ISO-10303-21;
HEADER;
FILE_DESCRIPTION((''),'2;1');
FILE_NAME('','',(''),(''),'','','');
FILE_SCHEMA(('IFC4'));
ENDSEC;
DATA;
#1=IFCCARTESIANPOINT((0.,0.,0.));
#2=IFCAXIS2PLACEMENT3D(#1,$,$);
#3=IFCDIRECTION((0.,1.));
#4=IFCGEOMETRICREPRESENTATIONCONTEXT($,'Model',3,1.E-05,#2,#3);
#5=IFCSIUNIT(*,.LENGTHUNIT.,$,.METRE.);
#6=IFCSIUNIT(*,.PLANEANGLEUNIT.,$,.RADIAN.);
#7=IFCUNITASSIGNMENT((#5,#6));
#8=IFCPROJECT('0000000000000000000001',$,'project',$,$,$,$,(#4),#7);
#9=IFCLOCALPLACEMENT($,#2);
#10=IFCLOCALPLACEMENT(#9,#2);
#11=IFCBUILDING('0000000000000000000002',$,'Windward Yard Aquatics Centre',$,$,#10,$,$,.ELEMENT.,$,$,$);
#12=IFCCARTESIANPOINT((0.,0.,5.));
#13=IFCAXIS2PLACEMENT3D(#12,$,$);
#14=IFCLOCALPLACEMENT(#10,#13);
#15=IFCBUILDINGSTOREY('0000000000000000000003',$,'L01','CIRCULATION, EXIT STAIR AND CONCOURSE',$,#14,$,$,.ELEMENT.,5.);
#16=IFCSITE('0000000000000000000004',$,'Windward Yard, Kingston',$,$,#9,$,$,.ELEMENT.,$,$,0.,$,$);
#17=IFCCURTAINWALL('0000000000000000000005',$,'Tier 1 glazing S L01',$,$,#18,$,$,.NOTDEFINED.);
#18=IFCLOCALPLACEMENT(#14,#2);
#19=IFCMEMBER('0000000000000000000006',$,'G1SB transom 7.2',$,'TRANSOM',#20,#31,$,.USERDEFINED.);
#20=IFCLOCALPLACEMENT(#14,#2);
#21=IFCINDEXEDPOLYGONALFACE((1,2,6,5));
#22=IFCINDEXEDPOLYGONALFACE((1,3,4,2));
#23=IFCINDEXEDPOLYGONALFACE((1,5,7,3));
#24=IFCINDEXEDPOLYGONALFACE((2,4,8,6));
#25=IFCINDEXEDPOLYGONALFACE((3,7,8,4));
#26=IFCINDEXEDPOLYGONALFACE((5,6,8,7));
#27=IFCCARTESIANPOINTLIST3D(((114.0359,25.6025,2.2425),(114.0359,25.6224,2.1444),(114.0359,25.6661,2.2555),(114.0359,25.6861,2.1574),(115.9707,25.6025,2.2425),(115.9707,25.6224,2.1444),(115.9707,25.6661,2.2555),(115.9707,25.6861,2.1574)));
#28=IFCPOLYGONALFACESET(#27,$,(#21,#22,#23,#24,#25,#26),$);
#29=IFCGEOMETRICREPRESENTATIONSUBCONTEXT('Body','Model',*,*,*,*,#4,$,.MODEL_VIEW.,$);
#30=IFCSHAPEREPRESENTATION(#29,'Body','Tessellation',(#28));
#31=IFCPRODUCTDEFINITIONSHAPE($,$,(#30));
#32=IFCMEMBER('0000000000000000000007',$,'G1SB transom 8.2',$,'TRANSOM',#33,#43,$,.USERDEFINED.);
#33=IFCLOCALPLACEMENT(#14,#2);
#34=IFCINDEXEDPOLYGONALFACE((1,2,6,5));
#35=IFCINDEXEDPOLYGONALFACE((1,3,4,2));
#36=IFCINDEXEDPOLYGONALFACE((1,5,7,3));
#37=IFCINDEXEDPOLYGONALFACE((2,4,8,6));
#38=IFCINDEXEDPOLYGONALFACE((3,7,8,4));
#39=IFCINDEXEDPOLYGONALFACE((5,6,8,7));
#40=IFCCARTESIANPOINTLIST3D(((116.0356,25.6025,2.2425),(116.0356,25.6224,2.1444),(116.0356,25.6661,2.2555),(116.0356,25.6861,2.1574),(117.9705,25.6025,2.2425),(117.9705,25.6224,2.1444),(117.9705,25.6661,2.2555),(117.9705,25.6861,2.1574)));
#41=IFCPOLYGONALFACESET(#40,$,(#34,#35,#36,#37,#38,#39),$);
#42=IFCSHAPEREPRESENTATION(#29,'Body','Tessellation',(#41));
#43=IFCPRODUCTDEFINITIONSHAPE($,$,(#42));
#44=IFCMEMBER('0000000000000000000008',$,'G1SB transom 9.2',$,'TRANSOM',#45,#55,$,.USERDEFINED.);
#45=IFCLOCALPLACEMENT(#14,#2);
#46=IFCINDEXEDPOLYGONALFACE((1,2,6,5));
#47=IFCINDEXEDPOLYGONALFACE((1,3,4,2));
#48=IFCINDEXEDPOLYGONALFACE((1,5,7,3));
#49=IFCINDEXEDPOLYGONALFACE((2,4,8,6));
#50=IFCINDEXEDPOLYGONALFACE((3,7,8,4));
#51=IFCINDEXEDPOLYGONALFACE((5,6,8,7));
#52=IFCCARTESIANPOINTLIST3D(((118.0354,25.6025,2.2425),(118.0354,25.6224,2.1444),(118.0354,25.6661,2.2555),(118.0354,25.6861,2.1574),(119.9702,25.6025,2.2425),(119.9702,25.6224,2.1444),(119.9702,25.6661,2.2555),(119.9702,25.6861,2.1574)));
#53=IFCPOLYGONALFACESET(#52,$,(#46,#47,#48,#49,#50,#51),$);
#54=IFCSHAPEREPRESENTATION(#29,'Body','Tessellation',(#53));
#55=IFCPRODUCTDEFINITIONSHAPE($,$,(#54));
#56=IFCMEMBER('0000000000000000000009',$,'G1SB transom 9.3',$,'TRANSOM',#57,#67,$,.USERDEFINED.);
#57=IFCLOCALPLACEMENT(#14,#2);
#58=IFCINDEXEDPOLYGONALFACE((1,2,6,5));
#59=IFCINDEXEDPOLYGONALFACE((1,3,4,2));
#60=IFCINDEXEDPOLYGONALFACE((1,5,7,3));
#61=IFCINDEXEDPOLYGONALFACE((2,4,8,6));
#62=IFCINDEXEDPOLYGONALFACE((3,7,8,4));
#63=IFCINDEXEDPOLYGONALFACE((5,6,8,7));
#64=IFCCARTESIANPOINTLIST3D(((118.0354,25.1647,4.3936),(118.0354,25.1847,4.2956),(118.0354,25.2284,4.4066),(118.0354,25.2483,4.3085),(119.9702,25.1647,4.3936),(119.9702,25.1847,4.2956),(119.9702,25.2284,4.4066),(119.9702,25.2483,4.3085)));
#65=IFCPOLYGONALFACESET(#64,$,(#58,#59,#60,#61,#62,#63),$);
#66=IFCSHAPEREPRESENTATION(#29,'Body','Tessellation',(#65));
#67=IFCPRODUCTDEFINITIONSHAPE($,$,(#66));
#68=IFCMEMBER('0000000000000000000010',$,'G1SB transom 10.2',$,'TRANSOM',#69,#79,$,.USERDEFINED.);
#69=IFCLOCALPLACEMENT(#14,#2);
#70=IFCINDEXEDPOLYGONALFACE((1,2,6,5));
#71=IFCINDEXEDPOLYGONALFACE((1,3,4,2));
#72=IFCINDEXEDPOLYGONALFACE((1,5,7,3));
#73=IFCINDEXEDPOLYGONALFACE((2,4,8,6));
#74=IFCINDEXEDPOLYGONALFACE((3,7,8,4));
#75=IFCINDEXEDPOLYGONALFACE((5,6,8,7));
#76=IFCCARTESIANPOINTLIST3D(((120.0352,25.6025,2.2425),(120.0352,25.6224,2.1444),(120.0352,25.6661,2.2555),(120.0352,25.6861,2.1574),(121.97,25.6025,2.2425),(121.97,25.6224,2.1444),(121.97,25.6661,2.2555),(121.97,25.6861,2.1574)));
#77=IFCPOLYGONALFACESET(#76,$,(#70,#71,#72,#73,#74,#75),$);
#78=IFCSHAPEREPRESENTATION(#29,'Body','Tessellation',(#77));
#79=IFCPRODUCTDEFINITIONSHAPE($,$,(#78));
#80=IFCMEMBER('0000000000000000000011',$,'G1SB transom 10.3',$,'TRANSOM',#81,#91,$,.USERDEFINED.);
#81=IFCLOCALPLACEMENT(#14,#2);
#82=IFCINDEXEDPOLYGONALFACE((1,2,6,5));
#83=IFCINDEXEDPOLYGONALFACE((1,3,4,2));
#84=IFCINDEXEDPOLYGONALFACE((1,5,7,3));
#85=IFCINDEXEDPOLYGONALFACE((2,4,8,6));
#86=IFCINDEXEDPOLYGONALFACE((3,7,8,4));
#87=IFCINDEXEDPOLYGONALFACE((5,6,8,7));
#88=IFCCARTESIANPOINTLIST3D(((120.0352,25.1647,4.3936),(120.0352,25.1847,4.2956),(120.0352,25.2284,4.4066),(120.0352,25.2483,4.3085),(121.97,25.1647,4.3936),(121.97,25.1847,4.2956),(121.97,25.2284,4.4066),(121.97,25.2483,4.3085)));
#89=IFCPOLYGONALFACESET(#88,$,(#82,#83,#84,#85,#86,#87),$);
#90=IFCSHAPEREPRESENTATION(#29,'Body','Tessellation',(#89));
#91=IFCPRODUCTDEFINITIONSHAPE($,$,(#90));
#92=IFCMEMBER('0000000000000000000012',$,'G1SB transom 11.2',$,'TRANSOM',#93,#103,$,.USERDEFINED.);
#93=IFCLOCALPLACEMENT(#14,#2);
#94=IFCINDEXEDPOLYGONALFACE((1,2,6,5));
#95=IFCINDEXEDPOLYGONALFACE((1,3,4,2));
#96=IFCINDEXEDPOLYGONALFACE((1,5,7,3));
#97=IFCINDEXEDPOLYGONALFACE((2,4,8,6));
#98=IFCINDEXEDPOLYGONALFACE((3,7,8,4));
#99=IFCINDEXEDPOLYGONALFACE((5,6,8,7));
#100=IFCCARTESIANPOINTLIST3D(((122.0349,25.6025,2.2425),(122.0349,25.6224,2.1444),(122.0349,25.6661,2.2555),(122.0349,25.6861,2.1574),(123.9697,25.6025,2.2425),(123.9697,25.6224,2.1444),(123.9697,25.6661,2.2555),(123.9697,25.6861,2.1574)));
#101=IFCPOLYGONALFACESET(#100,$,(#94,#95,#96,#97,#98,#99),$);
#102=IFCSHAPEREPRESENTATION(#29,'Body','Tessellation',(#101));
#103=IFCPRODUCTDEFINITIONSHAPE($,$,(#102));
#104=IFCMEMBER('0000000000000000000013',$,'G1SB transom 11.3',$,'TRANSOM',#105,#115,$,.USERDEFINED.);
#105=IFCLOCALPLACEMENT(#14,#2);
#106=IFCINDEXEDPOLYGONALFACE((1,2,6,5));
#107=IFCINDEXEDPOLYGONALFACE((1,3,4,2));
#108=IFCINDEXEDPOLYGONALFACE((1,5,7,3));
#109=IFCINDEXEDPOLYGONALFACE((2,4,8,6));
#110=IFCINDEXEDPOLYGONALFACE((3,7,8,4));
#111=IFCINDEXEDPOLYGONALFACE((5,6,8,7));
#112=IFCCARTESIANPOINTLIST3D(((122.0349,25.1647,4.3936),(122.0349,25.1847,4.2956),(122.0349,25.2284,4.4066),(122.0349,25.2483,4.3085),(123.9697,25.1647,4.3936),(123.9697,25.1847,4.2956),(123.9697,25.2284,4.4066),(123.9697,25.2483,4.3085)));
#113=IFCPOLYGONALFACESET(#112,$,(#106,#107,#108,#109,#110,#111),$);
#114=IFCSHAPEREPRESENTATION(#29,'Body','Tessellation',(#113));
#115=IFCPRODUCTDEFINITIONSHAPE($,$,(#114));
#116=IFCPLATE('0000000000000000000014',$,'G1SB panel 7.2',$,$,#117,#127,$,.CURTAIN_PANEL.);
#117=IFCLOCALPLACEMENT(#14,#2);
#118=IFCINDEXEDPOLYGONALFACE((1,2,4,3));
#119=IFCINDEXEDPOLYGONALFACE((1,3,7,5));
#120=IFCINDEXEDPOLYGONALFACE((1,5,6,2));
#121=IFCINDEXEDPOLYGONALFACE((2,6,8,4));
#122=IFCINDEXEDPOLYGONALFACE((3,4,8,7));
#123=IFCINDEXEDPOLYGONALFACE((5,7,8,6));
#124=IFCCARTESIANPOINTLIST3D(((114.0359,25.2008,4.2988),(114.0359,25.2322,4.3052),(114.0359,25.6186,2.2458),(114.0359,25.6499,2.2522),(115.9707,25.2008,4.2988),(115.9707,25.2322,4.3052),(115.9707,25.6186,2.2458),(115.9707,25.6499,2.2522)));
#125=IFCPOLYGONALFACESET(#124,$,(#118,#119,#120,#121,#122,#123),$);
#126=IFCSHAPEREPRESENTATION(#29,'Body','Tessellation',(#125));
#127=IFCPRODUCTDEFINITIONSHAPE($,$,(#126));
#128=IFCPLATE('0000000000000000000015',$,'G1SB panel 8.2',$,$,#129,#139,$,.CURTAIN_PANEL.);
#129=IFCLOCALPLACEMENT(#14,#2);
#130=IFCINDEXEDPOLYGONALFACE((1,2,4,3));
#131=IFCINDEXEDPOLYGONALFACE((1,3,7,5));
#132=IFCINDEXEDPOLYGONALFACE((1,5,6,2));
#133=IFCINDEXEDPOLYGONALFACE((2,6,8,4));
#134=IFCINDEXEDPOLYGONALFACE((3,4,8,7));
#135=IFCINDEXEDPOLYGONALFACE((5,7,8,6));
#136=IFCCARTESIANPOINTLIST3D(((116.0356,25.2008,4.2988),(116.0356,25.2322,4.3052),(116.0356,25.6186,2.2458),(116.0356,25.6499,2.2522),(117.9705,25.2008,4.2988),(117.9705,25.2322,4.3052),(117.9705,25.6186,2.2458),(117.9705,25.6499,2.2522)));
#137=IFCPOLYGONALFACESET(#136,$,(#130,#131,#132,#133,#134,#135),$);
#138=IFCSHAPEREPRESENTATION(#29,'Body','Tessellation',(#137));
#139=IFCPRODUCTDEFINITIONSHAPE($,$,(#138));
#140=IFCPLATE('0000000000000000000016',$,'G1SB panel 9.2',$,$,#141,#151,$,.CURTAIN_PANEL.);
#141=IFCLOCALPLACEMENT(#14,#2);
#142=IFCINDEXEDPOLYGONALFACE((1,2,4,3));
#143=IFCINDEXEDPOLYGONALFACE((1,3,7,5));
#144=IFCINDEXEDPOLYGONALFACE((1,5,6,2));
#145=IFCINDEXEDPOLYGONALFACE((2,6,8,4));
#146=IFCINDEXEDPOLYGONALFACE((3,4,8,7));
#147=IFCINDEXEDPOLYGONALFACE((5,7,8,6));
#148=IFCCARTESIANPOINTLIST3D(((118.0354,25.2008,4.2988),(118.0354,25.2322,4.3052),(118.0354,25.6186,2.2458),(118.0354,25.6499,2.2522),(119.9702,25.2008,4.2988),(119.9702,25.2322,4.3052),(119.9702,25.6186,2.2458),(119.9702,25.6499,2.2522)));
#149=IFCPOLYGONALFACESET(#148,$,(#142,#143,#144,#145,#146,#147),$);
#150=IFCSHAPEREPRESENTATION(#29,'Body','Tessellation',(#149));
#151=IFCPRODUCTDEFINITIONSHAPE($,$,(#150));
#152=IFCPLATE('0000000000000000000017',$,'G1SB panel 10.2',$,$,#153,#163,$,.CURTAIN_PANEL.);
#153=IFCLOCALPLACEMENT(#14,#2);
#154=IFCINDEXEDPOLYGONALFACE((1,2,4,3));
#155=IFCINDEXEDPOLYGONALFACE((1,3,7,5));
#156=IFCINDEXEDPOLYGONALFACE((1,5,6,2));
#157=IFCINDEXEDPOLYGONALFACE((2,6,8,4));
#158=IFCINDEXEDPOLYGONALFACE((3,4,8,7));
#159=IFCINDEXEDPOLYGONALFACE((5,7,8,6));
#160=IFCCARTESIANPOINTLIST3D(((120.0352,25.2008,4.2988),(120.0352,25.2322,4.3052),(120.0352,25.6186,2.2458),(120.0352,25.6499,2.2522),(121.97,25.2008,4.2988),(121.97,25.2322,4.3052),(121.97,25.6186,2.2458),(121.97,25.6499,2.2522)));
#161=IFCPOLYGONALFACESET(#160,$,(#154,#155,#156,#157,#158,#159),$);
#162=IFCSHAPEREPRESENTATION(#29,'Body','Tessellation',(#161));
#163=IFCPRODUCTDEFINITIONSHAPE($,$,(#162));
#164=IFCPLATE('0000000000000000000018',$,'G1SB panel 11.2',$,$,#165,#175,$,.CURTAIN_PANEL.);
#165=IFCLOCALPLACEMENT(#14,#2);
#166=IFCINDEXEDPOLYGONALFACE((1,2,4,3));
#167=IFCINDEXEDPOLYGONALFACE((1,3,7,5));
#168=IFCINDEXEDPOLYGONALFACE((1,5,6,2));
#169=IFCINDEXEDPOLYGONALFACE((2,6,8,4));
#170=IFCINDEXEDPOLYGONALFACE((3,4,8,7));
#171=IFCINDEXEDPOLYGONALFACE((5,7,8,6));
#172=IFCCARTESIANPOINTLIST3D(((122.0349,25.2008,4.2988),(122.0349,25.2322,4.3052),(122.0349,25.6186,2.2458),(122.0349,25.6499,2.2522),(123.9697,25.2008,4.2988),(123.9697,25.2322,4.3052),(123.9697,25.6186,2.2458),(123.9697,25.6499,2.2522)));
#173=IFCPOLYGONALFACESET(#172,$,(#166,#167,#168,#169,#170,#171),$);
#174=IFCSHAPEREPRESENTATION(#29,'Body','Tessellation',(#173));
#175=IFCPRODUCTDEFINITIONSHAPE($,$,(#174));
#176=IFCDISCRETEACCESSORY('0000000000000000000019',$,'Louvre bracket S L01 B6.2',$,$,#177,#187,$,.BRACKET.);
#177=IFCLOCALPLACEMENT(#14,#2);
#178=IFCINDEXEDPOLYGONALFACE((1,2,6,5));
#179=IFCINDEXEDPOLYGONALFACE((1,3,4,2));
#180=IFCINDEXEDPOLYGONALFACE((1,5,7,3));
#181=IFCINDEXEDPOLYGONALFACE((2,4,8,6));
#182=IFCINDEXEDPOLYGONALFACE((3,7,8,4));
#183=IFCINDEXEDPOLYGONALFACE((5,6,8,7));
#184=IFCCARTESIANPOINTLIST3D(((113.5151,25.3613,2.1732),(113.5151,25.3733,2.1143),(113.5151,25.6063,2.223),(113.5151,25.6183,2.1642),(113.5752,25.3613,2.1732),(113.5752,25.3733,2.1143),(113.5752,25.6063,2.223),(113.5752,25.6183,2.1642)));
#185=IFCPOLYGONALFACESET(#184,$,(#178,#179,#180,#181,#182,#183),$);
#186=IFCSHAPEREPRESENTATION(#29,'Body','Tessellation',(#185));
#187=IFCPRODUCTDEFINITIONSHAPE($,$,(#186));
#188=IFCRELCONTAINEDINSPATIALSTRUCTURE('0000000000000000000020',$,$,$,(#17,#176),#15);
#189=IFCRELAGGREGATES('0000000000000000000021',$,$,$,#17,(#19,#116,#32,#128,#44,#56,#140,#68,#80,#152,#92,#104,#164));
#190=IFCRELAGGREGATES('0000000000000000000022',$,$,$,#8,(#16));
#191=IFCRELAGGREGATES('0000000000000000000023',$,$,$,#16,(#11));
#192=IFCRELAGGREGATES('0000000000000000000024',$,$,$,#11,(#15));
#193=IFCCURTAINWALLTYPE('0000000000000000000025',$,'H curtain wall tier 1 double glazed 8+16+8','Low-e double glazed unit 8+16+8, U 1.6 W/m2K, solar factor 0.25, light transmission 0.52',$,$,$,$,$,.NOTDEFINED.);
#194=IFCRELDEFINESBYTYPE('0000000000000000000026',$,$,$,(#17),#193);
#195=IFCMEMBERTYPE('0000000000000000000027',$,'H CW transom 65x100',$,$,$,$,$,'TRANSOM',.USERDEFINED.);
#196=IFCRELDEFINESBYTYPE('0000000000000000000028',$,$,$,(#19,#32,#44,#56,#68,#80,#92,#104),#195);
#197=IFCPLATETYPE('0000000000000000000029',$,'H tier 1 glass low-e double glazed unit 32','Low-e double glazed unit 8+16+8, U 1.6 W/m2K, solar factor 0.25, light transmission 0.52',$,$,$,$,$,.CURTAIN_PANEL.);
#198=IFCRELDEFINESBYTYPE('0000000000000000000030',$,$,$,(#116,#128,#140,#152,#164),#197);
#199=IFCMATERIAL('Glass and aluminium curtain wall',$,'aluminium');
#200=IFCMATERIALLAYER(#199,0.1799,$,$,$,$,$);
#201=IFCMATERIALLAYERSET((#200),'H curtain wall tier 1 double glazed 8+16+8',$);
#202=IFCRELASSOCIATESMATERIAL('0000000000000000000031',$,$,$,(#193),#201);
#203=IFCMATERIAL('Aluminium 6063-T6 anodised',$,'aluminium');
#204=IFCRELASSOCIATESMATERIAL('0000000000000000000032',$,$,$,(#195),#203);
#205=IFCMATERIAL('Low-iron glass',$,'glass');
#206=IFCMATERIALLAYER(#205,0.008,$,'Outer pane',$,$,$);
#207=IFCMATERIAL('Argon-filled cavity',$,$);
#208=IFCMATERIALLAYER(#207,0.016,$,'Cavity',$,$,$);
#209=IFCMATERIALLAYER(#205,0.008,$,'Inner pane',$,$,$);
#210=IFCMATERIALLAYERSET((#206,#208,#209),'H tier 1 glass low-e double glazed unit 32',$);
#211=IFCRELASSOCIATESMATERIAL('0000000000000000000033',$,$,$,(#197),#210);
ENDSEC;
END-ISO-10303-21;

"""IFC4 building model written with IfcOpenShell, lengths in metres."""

from ifc_helpers import new_model, si_unit, direction, frame, origin, origin_2d, place, context, subcontext, project, spatial, polyline, rectangle, outline, extrude, material, layer, layer_set, material_profile, profile_set, type_object, element, aggregate, save


model = new_model("IFC4")

# Units and contexts
model_context = context("Model", 3, precision=1e-05, world=origin(), true_north=direction((0.0, 1.0)))
body_context = subcontext(model_context, "Body", "Model", "MODEL_VIEW")
ifc_project = project(units=[si_unit("LENGTHUNIT", "METRE"), si_unit("PLANEANGLEUNIT", "RADIAN")], contexts=[model_context])

# Site, building, storey
site_placement = place(None, origin())
site = spatial("IfcSite", under=ifc_project, at=site_placement, Name="Windward Yard, Kingston", CompositionType="ELEMENT", RefElevation=0.0)
building_placement = place(site_placement, origin())
building = spatial("IfcBuilding", under=site, at=building_placement, Name="Windward Yard Aquatics Centre", CompositionType="ELEMENT")
storey_placement = place(building_placement, frame((0.0, 0.0, 5.0)))
storey = spatial("IfcBuildingStorey", under=building, at=storey_placement, Name="L01", Description="CIRCULATION, EXIT STAIR AND CONCOURSE", CompositionType="ELEMENT", Elevation=5.0)

# Curtain wall, members, plates
ifc_material_1 = material(Name="Glass and aluminium curtain wall", Category="aluminium")
ifc_layer_1 = layer(ifc_material_1, 0.1799)
ifc_layer_set_1 = layer_set([ifc_layer_1], Name="H curtain wall tier 1 double glazed 8+16+8")
curtain_wall_type = type_object("IfcCurtainWallType", Name="H curtain wall tier 1 double glazed 8+16+8", Description="Low-e double glazed unit 8+16+8, U 1.6 W/m2K, solar factor 0.25, light transmission 0.52", PredefinedType="NOTDEFINED", material=ifc_layer_set_1)
curtain_wall_placement = place(storey_placement, origin())
curtain_wall = element("IfcCurtainWall", 1, at=curtain_wall_placement, inside=storey, type_object=curtain_wall_type, Name="Tier 1 glazing S L01", PredefinedType="NOTDEFINED")
ifc_material_2 = material(Name="Aluminium 6063-T6 anodised", Category="aluminium")
ifc_material_profile = material_profile(ifc_material_2, rectangle(XDim=0.0649, YDim=0.1001, at=origin_2d()), Name="H CW transom 65x100")
ifc_profile_set = profile_set([ifc_material_profile], Name="Aluminium 6063-T6 anodised")
member_type = type_object("IfcMemberType", Name="H CW transom 65x100", ElementType="TRANSOM", PredefinedType="USERDEFINED", material=ifc_profile_set)
member_1_placement = place(storey_placement, frame((114.0359, 25.6443, 2.2), z_axis=(1.0, 0.0, 0.0), x_axis=(0.0, 0.979925, 0.199368)))
member_1 = element("IfcMember", 2, at=member_1_placement, type_object=member_type, Name="G1SB transom 7.2", ObjectType="TRANSOM", PredefinedType="USERDEFINED", context=body_context, shape_type="SweptSolid", body=[
    extrude(rectangle(XDim=0.0649, YDim=0.1001, at=origin_2d()), origin(), (0.0, 0.0, 1.0), 1.9348),
])
member_2_placement = place(storey_placement, frame((116.0356, 25.6443, 2.2), z_axis=(1.0, 0.0, 0.0), x_axis=(0.0, 0.979925, 0.199368)))
member_2 = element("IfcMember", 3, at=member_2_placement, type_object=member_type, Name="G1SB transom 8.2", ObjectType="TRANSOM", PredefinedType="USERDEFINED", context=body_context, shape_type="SweptSolid", body=[
    extrude(rectangle(XDim=0.0649, YDim=0.1001, at=origin_2d()), origin(), (0.0, 0.0, 1.0), 1.9348),
])
member_3_placement = place(storey_placement, frame((118.0354, 25.6443, 2.2), z_axis=(1.0, 0.0, 0.0), x_axis=(0.0, 0.979925, 0.199368)))
member_3 = element("IfcMember", 4, at=member_3_placement, type_object=member_type, Name="G1SB transom 9.2", ObjectType="TRANSOM", PredefinedType="USERDEFINED", context=body_context, shape_type="SweptSolid", body=[
    extrude(rectangle(XDim=0.0649, YDim=0.1001, at=origin_2d()), origin(), (0.0, 0.0, 1.0), 1.9348),
])
member_4_placement = place(storey_placement, frame((118.0354, 25.2065, 4.3511), z_axis=(1.0, 0.0, 0.0), x_axis=(0.0, 0.979925, 0.199368)))
member_4 = element("IfcMember", 5, at=member_4_placement, type_object=member_type, Name="G1SB transom 9.3", ObjectType="TRANSOM", PredefinedType="USERDEFINED", context=body_context, shape_type="SweptSolid", body=[
    extrude(rectangle(XDim=0.0649, YDim=0.1001, at=origin_2d()), origin(), (0.0, 0.0, 1.0), 1.9348),
])
member_5_placement = place(storey_placement, frame((120.0352, 25.6443, 2.2), z_axis=(1.0, 0.0, 0.0), x_axis=(0.0, 0.979925, 0.199368)))
member_5 = element("IfcMember", 6, at=member_5_placement, type_object=member_type, Name="G1SB transom 10.2", ObjectType="TRANSOM", PredefinedType="USERDEFINED", context=body_context, shape_type="SweptSolid", body=[
    extrude(rectangle(XDim=0.0649, YDim=0.1001, at=origin_2d()), origin(), (0.0, 0.0, 1.0), 1.9348),
])
member_6_placement = place(storey_placement, frame((120.0352, 25.2065, 4.3511), z_axis=(1.0, 0.0, 0.0), x_axis=(0.0, 0.979925, 0.199368)))
member_6 = element("IfcMember", 7, at=member_6_placement, type_object=member_type, Name="G1SB transom 10.3", ObjectType="TRANSOM", PredefinedType="USERDEFINED", context=body_context, shape_type="SweptSolid", body=[
    extrude(rectangle(XDim=0.0649, YDim=0.1001, at=origin_2d()), origin(), (0.0, 0.0, 1.0), 1.9348),
])
member_7_placement = place(storey_placement, frame((122.0349, 25.6443, 2.2), z_axis=(1.0, 0.0, 0.0), x_axis=(0.0, 0.979925, 0.199368)))
member_7 = element("IfcMember", 8, at=member_7_placement, type_object=member_type, Name="G1SB transom 11.2", ObjectType="TRANSOM", PredefinedType="USERDEFINED", context=body_context, shape_type="SweptSolid", body=[
    extrude(rectangle(XDim=0.0649, YDim=0.1001, at=origin_2d()), origin(), (0.0, 0.0, 1.0), 1.9348),
])
member_8_placement = place(storey_placement, frame((122.0349, 25.2065, 4.3511), z_axis=(1.0, 0.0, 0.0), x_axis=(0.0, 0.979925, 0.199368)))
member_8 = element("IfcMember", 9, at=member_8_placement, type_object=member_type, Name="G1SB transom 11.3", ObjectType="TRANSOM", PredefinedType="USERDEFINED", context=body_context, shape_type="SweptSolid", body=[
    extrude(rectangle(XDim=0.0649, YDim=0.1001, at=origin_2d()), origin(), (0.0, 0.0, 1.0), 1.9348),
])
ifc_material_3 = material(Name="Low-iron glass", Category="glass")
ifc_layer_2 = layer(ifc_material_3, 0.008, Name="Outer pane")
ifc_material_4 = material(Name="Argon-filled cavity")
ifc_layer_3 = layer(ifc_material_4, 0.016, Name="Cavity")
ifc_layer_4 = layer(ifc_material_3, 0.008, Name="Inner pane")
ifc_layer_set_2 = layer_set([ifc_layer_2, ifc_layer_3, ifc_layer_4], Name="H tier 1 glass low-e double glazed unit 32")
plate_type = type_object("IfcPlateType", Name="H tier 1 glass low-e double glazed unit 32", Description="Low-e double glazed unit 8+16+8, U 1.6 W/m2K, solar factor 0.25, light transmission 0.52", PredefinedType="CURTAIN_PANEL", material=ifc_layer_set_2)
plate_1_placement = place(storey_placement, frame((114.0359, 25.2322, 4.3052), z_axis=(0.0, 0.979921, 0.199387), x_axis=(0.0, 0.199387, -0.979921)))
plate_1 = element("IfcPlate", 10, at=plate_1_placement, type_object=plate_type, Name="G1SB panel 7.2", PredefinedType="CURTAIN_PANEL", context=body_context, shape_type="SweptSolid", body=[
    extrude(outline(polyline([(0.0, 0.0), (2.095, 0.0), (2.095, -1.9348), (0.0, -1.9348), (0.0, 0.0)])), origin(), (0.0, 0.0, -1.0), 0.032),
])
plate_2_placement = place(storey_placement, frame((116.0356, 25.2322, 4.3052), z_axis=(0.0, 0.979921, 0.199387), x_axis=(0.0, 0.199387, -0.979921)))
plate_2 = element("IfcPlate", 11, at=plate_2_placement, type_object=plate_type, Name="G1SB panel 8.2", PredefinedType="CURTAIN_PANEL", context=body_context, shape_type="SweptSolid", body=[
    extrude(outline(polyline([(0.0, 0.0), (2.095, 0.0), (2.095, -1.9348), (0.0, -1.9348), (0.0, 0.0)])), origin(), (0.0, 0.0, -1.0), 0.032),
])
plate_3_placement = place(storey_placement, frame((118.0354, 25.2322, 4.3052), z_axis=(0.0, 0.979921, 0.199387), x_axis=(0.0, 0.199387, -0.979921)))
plate_3 = element("IfcPlate", 12, at=plate_3_placement, type_object=plate_type, Name="G1SB panel 9.2", PredefinedType="CURTAIN_PANEL", context=body_context, shape_type="SweptSolid", body=[
    extrude(outline(polyline([(0.0, 0.0), (2.095, 0.0), (2.095, -1.9348), (0.0, -1.9348), (0.0, 0.0)])), origin(), (0.0, 0.0, -1.0), 0.032),
])
plate_4_placement = place(storey_placement, frame((120.0352, 25.2322, 4.3052), z_axis=(0.0, 0.979921, 0.199387), x_axis=(0.0, 0.199387, -0.979921)))
plate_4 = element("IfcPlate", 13, at=plate_4_placement, type_object=plate_type, Name="G1SB panel 10.2", PredefinedType="CURTAIN_PANEL", context=body_context, shape_type="SweptSolid", body=[
    extrude(outline(polyline([(0.0, 0.0), (2.095, 0.0), (2.095, -1.9348), (0.0, -1.9348), (0.0, 0.0)])), origin(), (0.0, 0.0, -1.0), 0.032),
])
plate_5_placement = place(storey_placement, frame((122.0349, 25.2322, 4.3052), z_axis=(0.0, 0.979921, 0.199387), x_axis=(0.0, 0.199387, -0.979921)))
plate_5 = element("IfcPlate", 14, at=plate_5_placement, type_object=plate_type, Name="G1SB panel 11.2", PredefinedType="CURTAIN_PANEL", context=body_context, shape_type="SweptSolid", body=[
    extrude(outline(polyline([(0.0, 0.0), (2.095, 0.0), (2.095, -1.9348), (0.0, -1.9348), (0.0, 0.0)])), origin(), (0.0, 0.0, -1.0), 0.032),
])
aggregate(curtain_wall, [member_1, plate_1, member_2, plate_2, member_3, member_4, plate_3, member_5, member_6, plate_4, member_7, member_8, plate_5])

# Discrete accessory
for number, where, z_axis, x_axis, name in (
    (15, (113.5452, 25.6123, 2.1936), (0.0, -0.979937, -0.199309), (1.0, 0.0, 0.0), "Louvre bracket S L01 B6.2"),
):
    element("IfcDiscreteAccessory", number, at=place(storey_placement, frame(where, z_axis=z_axis, x_axis=x_axis)), inside=storey, Name=name, PredefinedType="BRACKET", context=body_context, shape_type="SweptSolid", body=[
        extrude(rectangle(XDim=0.0601, YDim=0.0601, at=origin_2d()), origin(), (0.0, 0.0, 1.0), 0.25),
    ])

save(model, "model.ifc")
